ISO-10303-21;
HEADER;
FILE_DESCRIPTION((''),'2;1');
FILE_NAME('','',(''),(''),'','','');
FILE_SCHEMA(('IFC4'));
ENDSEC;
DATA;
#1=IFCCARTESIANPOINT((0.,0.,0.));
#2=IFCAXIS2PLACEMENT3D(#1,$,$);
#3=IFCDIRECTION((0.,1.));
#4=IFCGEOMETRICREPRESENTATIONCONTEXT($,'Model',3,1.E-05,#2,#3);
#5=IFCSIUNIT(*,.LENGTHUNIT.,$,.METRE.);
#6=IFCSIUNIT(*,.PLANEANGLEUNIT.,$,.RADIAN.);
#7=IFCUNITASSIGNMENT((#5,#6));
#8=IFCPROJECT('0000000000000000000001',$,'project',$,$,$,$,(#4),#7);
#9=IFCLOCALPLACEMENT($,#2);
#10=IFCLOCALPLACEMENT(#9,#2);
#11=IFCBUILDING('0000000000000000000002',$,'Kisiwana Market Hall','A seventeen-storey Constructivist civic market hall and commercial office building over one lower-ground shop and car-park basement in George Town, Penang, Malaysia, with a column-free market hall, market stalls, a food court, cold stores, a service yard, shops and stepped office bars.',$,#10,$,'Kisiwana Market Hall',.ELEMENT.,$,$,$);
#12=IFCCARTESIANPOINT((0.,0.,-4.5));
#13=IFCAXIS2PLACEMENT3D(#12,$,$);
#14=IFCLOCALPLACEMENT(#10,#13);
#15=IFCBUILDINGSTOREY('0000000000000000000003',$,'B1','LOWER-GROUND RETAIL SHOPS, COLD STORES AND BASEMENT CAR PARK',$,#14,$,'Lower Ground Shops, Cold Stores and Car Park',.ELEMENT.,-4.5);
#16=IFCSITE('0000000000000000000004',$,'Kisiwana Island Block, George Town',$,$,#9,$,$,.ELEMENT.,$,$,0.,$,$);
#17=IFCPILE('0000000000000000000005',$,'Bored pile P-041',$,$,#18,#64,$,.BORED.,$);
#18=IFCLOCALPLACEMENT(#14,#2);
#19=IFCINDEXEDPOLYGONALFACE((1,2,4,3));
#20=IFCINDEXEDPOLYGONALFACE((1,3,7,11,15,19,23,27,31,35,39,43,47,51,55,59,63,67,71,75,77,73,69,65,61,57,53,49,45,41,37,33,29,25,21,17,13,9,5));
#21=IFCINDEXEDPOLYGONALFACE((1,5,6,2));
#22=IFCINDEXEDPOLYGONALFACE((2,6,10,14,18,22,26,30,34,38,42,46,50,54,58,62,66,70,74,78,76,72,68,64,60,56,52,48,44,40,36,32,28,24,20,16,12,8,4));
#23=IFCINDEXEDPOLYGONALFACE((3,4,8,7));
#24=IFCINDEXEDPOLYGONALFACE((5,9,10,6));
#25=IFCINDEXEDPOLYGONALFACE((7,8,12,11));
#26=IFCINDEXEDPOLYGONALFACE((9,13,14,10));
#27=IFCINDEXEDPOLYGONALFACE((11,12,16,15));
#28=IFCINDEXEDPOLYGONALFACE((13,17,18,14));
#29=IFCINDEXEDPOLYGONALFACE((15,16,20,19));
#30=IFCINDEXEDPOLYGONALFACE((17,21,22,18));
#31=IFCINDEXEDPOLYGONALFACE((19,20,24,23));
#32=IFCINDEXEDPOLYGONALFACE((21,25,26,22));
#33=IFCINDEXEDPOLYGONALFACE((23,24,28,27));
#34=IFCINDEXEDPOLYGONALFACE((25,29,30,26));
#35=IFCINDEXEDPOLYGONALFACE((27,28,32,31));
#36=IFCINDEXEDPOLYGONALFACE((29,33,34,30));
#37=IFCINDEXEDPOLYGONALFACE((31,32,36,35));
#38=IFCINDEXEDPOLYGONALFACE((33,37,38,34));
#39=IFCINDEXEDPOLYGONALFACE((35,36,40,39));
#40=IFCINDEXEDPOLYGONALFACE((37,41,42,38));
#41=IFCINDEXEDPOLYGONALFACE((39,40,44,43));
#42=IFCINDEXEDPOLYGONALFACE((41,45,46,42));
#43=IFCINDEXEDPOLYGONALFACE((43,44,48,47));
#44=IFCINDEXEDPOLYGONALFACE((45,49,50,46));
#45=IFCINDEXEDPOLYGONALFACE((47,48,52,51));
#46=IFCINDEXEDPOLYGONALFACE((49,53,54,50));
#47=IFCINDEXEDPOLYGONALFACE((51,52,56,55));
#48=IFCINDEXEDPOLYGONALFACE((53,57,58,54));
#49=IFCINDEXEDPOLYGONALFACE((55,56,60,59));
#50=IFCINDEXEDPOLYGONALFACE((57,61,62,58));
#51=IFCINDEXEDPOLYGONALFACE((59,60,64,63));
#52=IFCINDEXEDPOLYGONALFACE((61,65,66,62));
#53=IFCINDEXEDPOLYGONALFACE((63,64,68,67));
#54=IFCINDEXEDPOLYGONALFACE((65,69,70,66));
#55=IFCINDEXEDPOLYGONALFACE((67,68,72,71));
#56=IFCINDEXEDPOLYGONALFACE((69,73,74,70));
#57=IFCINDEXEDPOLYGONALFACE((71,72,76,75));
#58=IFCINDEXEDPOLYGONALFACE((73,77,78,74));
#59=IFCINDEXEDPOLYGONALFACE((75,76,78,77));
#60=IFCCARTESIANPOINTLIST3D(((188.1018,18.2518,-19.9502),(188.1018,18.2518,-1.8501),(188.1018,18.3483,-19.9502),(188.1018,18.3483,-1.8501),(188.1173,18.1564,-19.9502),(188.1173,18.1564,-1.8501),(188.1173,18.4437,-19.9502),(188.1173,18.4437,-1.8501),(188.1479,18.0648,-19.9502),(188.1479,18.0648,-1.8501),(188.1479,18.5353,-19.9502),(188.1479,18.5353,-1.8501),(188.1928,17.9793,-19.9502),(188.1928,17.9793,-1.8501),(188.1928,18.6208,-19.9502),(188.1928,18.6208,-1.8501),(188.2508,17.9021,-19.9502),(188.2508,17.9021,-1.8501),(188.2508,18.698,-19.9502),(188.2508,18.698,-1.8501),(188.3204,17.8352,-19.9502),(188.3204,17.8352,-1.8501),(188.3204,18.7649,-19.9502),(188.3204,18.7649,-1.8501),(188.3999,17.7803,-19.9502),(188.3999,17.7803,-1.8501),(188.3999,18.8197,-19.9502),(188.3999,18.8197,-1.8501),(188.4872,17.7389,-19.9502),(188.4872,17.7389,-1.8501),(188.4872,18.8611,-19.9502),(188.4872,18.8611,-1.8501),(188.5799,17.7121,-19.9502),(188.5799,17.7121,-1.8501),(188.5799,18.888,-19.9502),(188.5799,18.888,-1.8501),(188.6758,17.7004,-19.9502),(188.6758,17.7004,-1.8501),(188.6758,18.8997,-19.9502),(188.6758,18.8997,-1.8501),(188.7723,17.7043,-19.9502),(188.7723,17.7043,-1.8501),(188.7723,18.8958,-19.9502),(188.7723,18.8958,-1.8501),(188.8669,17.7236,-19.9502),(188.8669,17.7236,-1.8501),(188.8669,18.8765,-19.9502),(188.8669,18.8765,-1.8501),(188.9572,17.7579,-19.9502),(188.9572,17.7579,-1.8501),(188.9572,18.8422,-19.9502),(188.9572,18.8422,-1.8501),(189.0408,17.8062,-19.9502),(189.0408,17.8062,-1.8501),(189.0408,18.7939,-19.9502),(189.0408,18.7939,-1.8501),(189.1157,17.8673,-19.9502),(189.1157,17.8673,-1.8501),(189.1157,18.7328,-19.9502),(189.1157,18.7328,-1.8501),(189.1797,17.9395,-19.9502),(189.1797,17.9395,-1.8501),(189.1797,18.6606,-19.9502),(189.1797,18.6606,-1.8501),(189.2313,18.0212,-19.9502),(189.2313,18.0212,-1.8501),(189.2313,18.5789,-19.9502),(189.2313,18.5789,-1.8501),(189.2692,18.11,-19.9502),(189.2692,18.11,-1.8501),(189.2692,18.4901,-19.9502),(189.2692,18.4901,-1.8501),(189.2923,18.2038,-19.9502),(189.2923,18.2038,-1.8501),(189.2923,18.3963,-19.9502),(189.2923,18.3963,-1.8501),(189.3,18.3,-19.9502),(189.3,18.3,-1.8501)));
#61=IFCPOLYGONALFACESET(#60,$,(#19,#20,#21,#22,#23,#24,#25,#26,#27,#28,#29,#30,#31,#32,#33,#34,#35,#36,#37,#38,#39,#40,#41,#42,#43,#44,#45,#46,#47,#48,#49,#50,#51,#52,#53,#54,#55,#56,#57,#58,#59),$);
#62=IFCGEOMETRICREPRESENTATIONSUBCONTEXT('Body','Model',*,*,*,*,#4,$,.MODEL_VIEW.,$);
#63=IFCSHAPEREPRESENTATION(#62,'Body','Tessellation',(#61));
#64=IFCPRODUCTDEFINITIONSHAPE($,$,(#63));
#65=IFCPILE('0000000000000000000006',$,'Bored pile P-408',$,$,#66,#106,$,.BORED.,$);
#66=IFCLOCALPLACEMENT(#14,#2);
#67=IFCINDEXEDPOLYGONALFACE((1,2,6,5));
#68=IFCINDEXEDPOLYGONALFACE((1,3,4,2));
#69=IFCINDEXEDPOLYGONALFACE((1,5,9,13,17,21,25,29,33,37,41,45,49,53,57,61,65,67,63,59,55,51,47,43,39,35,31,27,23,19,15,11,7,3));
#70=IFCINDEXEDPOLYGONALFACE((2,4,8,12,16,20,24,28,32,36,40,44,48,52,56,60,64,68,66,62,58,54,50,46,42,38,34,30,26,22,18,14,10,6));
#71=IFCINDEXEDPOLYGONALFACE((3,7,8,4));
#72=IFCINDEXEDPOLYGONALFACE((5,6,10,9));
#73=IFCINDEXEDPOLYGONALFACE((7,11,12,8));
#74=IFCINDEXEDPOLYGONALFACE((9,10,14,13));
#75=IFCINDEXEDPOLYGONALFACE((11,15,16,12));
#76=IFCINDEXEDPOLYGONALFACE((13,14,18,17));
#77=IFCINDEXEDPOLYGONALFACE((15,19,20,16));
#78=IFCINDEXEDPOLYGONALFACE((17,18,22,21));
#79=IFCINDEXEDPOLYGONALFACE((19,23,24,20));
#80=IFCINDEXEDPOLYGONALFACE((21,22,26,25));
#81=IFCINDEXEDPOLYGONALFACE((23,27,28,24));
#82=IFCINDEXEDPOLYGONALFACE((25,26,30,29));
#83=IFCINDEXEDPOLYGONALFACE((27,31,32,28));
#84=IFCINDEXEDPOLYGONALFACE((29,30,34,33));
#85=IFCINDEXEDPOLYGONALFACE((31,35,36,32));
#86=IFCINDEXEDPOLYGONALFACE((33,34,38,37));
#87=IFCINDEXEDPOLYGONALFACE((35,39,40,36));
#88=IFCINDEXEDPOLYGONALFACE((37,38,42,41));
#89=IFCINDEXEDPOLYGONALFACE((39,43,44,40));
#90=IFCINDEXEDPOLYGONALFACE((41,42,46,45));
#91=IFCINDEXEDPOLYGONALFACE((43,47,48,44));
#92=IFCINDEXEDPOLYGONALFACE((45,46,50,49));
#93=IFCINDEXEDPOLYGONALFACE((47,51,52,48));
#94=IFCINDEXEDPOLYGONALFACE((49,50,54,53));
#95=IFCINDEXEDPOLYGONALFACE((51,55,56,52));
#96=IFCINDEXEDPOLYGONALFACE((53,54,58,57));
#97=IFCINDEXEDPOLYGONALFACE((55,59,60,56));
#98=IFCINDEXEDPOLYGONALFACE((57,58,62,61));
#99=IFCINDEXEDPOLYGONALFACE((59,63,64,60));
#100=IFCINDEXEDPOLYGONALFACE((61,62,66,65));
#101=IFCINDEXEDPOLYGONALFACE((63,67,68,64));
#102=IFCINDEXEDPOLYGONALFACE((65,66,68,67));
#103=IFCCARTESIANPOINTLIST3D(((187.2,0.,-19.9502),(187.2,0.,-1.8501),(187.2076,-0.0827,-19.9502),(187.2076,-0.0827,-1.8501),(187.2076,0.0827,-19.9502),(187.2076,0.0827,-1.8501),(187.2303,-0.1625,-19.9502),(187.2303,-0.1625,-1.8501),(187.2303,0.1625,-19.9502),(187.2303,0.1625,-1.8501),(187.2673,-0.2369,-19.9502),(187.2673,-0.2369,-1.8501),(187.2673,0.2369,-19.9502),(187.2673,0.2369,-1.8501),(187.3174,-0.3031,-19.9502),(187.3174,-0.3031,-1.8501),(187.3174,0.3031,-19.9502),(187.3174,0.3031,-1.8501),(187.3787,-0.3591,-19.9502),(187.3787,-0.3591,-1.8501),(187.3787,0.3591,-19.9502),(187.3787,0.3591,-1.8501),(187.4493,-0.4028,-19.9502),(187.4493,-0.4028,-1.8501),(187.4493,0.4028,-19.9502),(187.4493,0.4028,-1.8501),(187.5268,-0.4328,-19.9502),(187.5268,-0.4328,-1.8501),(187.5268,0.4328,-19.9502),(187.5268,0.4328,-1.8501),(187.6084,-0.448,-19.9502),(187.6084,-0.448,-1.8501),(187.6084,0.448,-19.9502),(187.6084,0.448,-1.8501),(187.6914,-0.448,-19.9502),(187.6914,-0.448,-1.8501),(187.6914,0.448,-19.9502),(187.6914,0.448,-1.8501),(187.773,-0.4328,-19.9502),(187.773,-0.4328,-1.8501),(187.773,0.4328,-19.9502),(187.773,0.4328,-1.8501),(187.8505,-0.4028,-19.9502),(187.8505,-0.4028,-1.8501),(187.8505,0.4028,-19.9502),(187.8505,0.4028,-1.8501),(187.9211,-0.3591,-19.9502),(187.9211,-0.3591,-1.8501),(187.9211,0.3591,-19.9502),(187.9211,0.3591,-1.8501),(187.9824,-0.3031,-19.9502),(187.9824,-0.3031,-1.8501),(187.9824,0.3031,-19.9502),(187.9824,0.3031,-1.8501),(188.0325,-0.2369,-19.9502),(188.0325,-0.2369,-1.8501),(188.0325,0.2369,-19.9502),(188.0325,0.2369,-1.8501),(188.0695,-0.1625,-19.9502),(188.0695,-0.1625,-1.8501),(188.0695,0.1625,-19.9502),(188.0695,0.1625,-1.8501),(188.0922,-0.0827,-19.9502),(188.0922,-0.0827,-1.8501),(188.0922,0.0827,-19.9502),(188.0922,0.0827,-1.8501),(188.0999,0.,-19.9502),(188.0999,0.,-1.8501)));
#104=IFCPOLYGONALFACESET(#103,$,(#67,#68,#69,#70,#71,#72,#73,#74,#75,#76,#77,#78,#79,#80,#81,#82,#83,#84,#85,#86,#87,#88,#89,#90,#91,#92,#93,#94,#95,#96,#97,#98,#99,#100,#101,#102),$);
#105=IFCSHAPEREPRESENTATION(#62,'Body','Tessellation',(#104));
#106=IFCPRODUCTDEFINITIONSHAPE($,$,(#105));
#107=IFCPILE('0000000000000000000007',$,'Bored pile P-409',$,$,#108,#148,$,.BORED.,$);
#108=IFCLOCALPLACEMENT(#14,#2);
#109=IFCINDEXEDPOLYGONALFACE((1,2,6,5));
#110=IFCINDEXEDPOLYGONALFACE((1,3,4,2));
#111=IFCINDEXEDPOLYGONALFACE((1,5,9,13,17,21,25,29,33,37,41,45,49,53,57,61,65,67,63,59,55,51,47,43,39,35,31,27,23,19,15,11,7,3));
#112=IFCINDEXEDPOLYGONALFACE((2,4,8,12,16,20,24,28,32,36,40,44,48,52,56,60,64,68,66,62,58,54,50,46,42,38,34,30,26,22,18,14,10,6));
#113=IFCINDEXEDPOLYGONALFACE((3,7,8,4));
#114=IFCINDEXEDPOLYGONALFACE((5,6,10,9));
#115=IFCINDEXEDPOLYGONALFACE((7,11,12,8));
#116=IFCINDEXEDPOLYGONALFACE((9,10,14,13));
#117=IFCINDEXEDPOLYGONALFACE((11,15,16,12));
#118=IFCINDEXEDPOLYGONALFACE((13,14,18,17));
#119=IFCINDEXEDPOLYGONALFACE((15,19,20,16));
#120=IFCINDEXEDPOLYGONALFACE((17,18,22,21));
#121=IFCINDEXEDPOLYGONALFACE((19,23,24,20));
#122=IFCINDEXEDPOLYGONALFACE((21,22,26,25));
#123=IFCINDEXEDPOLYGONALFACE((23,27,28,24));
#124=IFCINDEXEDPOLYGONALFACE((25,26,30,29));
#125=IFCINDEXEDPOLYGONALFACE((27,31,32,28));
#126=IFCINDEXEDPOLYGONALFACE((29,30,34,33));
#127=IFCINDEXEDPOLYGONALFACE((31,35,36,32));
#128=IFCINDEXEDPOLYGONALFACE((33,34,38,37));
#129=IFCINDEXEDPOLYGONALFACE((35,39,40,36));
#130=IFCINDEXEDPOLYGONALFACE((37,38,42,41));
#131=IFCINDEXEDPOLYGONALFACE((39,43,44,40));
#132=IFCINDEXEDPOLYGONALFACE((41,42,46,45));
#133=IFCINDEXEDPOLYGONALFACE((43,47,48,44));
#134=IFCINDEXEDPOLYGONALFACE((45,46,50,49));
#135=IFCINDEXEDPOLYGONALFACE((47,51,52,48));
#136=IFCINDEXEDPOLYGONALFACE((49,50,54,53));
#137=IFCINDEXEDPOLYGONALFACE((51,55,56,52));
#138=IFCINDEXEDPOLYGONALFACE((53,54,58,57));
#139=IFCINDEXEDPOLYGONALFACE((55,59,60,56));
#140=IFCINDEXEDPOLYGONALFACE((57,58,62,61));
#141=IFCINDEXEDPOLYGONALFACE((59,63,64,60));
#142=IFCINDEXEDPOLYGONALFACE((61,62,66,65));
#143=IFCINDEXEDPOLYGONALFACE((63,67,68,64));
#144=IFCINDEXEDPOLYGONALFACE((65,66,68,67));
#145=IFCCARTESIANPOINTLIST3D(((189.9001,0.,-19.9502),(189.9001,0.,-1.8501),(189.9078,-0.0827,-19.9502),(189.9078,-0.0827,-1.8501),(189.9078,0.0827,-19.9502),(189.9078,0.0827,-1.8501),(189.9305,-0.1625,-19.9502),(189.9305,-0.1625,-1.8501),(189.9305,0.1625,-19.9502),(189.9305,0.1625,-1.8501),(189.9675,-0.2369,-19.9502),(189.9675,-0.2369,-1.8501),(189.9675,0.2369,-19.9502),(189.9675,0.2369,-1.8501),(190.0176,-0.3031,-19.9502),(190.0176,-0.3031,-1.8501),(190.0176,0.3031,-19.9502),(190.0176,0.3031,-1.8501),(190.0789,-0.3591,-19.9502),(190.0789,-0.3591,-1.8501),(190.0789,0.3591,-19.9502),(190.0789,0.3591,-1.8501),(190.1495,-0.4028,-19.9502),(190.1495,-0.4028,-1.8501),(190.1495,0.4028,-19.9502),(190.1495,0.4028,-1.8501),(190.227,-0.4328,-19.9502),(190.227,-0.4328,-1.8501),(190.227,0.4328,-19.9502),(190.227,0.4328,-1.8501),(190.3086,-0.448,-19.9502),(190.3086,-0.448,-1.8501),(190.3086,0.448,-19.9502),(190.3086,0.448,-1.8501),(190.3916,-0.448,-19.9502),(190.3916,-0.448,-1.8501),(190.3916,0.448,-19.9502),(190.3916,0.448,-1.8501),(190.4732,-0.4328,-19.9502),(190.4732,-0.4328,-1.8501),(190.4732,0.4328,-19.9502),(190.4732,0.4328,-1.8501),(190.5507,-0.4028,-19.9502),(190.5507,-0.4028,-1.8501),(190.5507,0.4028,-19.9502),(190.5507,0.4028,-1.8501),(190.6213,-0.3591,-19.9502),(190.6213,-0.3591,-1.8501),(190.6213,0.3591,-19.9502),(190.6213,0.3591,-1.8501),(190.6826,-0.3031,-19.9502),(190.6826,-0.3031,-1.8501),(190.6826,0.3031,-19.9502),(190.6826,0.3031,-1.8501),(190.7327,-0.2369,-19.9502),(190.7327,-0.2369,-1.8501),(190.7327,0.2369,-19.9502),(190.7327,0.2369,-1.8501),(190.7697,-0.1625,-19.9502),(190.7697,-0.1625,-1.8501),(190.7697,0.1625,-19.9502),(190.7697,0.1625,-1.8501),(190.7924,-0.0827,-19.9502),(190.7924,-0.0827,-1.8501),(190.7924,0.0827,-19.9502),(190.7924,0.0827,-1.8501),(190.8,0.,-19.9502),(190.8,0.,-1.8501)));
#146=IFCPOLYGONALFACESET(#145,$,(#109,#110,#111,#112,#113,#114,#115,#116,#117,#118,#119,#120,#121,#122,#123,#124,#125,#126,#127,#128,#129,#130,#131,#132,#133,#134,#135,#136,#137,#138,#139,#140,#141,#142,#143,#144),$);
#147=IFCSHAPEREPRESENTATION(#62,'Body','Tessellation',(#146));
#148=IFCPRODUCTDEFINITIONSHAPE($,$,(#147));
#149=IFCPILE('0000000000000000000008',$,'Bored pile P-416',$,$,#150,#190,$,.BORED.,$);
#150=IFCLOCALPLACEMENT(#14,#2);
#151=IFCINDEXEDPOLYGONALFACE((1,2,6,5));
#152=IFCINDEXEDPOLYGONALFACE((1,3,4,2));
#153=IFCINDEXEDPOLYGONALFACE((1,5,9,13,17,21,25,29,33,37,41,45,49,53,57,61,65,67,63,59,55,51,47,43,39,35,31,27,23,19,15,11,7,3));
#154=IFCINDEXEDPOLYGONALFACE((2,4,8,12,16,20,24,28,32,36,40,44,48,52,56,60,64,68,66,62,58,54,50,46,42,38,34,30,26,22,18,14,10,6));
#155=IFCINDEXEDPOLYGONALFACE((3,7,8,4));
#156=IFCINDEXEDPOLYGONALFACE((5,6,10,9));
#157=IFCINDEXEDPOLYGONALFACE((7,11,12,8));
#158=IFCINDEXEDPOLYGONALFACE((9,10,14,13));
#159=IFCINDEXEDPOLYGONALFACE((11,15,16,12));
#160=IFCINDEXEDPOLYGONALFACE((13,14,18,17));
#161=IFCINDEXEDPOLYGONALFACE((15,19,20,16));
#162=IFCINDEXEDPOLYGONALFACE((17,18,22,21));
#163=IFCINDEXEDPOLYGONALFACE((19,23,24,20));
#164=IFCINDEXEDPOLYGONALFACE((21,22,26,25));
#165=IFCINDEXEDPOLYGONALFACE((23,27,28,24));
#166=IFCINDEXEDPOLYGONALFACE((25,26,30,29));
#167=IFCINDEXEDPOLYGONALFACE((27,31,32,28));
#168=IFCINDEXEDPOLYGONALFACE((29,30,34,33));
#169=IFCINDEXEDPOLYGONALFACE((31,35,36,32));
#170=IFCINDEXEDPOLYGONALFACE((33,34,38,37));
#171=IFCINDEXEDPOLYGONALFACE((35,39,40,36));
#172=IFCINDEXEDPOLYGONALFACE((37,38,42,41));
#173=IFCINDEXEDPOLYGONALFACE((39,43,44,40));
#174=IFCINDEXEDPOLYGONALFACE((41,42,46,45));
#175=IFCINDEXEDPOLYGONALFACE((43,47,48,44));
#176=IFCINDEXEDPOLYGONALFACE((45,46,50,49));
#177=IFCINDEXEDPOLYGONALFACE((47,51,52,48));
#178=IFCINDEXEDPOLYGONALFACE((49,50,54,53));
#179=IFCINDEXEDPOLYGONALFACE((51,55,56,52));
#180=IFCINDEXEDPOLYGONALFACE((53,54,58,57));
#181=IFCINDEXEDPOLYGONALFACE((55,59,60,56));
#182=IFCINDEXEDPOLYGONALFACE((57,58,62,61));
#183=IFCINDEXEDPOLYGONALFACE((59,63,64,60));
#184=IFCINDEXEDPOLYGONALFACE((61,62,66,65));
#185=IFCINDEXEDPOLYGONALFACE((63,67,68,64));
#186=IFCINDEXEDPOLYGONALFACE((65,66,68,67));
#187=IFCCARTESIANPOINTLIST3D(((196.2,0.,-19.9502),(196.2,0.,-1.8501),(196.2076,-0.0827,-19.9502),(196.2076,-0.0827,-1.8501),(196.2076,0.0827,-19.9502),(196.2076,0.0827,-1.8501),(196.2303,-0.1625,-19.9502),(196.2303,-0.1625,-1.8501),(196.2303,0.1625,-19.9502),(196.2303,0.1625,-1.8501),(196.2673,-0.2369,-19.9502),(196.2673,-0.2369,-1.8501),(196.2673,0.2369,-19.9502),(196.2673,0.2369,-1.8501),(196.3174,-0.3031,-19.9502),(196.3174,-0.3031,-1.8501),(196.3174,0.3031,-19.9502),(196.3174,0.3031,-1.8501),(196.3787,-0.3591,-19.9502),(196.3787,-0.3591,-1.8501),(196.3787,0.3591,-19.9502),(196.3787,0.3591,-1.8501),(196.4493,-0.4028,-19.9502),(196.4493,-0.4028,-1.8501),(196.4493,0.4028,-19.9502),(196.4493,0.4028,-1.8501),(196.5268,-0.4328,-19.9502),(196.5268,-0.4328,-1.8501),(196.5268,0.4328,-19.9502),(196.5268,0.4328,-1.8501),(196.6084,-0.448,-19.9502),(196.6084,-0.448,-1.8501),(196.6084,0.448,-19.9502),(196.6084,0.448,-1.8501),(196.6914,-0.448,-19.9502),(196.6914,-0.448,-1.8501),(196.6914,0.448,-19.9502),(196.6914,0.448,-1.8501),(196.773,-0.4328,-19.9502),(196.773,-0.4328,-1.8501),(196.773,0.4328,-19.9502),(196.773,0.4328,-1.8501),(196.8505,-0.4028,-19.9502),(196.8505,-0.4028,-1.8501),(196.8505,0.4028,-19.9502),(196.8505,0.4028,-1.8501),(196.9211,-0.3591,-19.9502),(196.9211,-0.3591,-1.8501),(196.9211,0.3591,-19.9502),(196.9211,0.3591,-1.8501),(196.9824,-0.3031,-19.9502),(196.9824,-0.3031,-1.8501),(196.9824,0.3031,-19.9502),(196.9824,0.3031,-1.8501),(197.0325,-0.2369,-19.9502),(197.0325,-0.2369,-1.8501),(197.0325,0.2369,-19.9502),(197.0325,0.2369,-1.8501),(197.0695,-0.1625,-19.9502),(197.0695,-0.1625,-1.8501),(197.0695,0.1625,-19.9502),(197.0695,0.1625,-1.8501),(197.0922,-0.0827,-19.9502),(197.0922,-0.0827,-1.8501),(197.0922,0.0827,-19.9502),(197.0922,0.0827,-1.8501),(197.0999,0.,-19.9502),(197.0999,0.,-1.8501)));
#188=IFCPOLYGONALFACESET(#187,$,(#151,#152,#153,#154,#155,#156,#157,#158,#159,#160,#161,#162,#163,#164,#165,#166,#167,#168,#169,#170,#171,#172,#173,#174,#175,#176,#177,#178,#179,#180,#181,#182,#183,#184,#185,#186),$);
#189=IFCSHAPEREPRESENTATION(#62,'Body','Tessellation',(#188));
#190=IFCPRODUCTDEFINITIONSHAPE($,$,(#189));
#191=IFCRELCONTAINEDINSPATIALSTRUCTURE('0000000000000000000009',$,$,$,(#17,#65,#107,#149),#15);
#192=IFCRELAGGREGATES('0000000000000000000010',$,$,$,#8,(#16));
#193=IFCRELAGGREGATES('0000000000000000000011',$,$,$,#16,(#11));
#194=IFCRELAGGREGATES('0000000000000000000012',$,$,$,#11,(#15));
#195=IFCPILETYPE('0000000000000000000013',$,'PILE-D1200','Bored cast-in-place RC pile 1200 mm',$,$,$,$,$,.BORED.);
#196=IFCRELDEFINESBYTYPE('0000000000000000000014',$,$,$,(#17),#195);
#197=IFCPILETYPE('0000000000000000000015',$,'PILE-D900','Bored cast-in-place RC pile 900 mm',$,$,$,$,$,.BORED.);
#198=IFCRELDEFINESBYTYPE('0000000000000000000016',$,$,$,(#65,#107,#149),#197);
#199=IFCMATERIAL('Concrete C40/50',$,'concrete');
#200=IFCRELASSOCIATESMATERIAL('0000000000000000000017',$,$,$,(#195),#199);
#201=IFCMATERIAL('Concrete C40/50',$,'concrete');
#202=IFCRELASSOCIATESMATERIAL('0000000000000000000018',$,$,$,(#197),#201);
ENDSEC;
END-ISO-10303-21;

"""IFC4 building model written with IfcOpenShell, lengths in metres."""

from ifc_helpers import new_model, si_unit, direction, frame, origin, origin_2d, place, context, subcontext, project, spatial, circle, extrude, material, material_profile, profile_set, type_object, element, save


model = new_model("IFC4")

# Units and contexts
model_context = context("Model", 3, precision=1e-05, world=origin(), true_north=direction((0.0, 1.0)))
body_context = subcontext(model_context, "Body", "Model", "MODEL_VIEW")
ifc_project = project(units=[si_unit("LENGTHUNIT", "METRE"), si_unit("PLANEANGLEUNIT", "RADIAN")], contexts=[model_context])

# Site, building, storey
site_placement = place(None, origin())
site = spatial("IfcSite", under=ifc_project, at=site_placement, Name="Kisiwana Island Block, George Town", CompositionType="ELEMENT", RefElevation=0.0)
building_placement = place(site_placement, origin())
building = spatial("IfcBuilding", under=site, at=building_placement, Name="Kisiwana Market Hall", Description="A seventeen-storey Constructivist civic market hall and commercial office building over one lower-ground shop and car-park basement in George Town, Penang, Malaysia, with a column-free market hall, market stalls, a food court, cold stores, a service yard, shops and stepped office bars.", LongName="Kisiwana Market Hall", CompositionType="ELEMENT")
storey_placement = place(building_placement, frame((0.0, 0.0, -4.5)))
storey = spatial("IfcBuildingStorey", under=building, at=storey_placement, Name="B1", Description="LOWER-GROUND RETAIL SHOPS, COLD STORES AND BASEMENT CAR PARK", LongName="Lower Ground Shops, Cold Stores and Car Park", CompositionType="ELEMENT", Elevation=-4.5)

# Piles
ifc_material_1 = material(Name="Concrete C40/50", Category="concrete")
ifc_material_profile_1 = material_profile(ifc_material_1, circle(Radius=0.6001, at=origin_2d()), Name="BP D1200")
ifc_profile_set_1 = profile_set([ifc_material_profile_1], Name="Concrete C40/50")
pile_type_1 = type_object("IfcPileType", Name="PILE-D1200", Description="Bored cast-in-place RC pile 1200 mm", PredefinedType="BORED", material=ifc_profile_set_1)
for number, where, z_axis, x_axis, name in (
    (1, (188.7, 18.3, -1.8501), (0.0, 0.0, -1.0), (1.0, 0.0, 0.0), "Bored pile P-041"),
):
    element("IfcPile", number, at=place(storey_placement, frame(where, z_axis=z_axis, x_axis=x_axis)), inside=storey, type_object=pile_type_1, Name=name, PredefinedType="BORED", context=body_context, shape_type="SweptSolid", body=[
        extrude(circle(Radius=0.6001, at=origin_2d()), origin(), (0.0, 0.0, 1.0), 18.1001),
    ])
ifc_material_2 = material(Name="Concrete C40/50", Category="concrete")
ifc_material_profile_2 = material_profile(ifc_material_2, circle(Radius=0.45, at=origin_2d()), Name="BP D900")
ifc_profile_set_2 = profile_set([ifc_material_profile_2], Name="Concrete C40/50")
pile_type_2 = type_object("IfcPileType", Name="PILE-D900", Description="Bored cast-in-place RC pile 900 mm", PredefinedType="BORED", material=ifc_profile_set_2)
for number, where, z_axis, x_axis, name in (
    (2, (187.6499, 0.0, -1.8501), (0.0, 0.0, -1.0), (1.0, 0.0, 0.0), "Bored pile P-408"),
    (3, (190.3501, 0.0, -1.8501), (0.0, 0.0, -1.0), (1.0, 0.0, 0.0), "Bored pile P-409"),
    (4, (196.6499, 0.0, -1.8501), (0.0, 0.0, -1.0), (1.0, 0.0, 0.0), "Bored pile P-416"),
):
    element("IfcPile", number, at=place(storey_placement, frame(where, z_axis=z_axis, x_axis=x_axis)), inside=storey, type_object=pile_type_2, Name=name, PredefinedType="BORED", context=body_context, shape_type="SweptSolid", body=[
        extrude(circle(Radius=0.45, at=origin_2d()), origin(), (0.0, 0.0, 1.0), 18.1001),
    ])

save(model, "model.ifc")
